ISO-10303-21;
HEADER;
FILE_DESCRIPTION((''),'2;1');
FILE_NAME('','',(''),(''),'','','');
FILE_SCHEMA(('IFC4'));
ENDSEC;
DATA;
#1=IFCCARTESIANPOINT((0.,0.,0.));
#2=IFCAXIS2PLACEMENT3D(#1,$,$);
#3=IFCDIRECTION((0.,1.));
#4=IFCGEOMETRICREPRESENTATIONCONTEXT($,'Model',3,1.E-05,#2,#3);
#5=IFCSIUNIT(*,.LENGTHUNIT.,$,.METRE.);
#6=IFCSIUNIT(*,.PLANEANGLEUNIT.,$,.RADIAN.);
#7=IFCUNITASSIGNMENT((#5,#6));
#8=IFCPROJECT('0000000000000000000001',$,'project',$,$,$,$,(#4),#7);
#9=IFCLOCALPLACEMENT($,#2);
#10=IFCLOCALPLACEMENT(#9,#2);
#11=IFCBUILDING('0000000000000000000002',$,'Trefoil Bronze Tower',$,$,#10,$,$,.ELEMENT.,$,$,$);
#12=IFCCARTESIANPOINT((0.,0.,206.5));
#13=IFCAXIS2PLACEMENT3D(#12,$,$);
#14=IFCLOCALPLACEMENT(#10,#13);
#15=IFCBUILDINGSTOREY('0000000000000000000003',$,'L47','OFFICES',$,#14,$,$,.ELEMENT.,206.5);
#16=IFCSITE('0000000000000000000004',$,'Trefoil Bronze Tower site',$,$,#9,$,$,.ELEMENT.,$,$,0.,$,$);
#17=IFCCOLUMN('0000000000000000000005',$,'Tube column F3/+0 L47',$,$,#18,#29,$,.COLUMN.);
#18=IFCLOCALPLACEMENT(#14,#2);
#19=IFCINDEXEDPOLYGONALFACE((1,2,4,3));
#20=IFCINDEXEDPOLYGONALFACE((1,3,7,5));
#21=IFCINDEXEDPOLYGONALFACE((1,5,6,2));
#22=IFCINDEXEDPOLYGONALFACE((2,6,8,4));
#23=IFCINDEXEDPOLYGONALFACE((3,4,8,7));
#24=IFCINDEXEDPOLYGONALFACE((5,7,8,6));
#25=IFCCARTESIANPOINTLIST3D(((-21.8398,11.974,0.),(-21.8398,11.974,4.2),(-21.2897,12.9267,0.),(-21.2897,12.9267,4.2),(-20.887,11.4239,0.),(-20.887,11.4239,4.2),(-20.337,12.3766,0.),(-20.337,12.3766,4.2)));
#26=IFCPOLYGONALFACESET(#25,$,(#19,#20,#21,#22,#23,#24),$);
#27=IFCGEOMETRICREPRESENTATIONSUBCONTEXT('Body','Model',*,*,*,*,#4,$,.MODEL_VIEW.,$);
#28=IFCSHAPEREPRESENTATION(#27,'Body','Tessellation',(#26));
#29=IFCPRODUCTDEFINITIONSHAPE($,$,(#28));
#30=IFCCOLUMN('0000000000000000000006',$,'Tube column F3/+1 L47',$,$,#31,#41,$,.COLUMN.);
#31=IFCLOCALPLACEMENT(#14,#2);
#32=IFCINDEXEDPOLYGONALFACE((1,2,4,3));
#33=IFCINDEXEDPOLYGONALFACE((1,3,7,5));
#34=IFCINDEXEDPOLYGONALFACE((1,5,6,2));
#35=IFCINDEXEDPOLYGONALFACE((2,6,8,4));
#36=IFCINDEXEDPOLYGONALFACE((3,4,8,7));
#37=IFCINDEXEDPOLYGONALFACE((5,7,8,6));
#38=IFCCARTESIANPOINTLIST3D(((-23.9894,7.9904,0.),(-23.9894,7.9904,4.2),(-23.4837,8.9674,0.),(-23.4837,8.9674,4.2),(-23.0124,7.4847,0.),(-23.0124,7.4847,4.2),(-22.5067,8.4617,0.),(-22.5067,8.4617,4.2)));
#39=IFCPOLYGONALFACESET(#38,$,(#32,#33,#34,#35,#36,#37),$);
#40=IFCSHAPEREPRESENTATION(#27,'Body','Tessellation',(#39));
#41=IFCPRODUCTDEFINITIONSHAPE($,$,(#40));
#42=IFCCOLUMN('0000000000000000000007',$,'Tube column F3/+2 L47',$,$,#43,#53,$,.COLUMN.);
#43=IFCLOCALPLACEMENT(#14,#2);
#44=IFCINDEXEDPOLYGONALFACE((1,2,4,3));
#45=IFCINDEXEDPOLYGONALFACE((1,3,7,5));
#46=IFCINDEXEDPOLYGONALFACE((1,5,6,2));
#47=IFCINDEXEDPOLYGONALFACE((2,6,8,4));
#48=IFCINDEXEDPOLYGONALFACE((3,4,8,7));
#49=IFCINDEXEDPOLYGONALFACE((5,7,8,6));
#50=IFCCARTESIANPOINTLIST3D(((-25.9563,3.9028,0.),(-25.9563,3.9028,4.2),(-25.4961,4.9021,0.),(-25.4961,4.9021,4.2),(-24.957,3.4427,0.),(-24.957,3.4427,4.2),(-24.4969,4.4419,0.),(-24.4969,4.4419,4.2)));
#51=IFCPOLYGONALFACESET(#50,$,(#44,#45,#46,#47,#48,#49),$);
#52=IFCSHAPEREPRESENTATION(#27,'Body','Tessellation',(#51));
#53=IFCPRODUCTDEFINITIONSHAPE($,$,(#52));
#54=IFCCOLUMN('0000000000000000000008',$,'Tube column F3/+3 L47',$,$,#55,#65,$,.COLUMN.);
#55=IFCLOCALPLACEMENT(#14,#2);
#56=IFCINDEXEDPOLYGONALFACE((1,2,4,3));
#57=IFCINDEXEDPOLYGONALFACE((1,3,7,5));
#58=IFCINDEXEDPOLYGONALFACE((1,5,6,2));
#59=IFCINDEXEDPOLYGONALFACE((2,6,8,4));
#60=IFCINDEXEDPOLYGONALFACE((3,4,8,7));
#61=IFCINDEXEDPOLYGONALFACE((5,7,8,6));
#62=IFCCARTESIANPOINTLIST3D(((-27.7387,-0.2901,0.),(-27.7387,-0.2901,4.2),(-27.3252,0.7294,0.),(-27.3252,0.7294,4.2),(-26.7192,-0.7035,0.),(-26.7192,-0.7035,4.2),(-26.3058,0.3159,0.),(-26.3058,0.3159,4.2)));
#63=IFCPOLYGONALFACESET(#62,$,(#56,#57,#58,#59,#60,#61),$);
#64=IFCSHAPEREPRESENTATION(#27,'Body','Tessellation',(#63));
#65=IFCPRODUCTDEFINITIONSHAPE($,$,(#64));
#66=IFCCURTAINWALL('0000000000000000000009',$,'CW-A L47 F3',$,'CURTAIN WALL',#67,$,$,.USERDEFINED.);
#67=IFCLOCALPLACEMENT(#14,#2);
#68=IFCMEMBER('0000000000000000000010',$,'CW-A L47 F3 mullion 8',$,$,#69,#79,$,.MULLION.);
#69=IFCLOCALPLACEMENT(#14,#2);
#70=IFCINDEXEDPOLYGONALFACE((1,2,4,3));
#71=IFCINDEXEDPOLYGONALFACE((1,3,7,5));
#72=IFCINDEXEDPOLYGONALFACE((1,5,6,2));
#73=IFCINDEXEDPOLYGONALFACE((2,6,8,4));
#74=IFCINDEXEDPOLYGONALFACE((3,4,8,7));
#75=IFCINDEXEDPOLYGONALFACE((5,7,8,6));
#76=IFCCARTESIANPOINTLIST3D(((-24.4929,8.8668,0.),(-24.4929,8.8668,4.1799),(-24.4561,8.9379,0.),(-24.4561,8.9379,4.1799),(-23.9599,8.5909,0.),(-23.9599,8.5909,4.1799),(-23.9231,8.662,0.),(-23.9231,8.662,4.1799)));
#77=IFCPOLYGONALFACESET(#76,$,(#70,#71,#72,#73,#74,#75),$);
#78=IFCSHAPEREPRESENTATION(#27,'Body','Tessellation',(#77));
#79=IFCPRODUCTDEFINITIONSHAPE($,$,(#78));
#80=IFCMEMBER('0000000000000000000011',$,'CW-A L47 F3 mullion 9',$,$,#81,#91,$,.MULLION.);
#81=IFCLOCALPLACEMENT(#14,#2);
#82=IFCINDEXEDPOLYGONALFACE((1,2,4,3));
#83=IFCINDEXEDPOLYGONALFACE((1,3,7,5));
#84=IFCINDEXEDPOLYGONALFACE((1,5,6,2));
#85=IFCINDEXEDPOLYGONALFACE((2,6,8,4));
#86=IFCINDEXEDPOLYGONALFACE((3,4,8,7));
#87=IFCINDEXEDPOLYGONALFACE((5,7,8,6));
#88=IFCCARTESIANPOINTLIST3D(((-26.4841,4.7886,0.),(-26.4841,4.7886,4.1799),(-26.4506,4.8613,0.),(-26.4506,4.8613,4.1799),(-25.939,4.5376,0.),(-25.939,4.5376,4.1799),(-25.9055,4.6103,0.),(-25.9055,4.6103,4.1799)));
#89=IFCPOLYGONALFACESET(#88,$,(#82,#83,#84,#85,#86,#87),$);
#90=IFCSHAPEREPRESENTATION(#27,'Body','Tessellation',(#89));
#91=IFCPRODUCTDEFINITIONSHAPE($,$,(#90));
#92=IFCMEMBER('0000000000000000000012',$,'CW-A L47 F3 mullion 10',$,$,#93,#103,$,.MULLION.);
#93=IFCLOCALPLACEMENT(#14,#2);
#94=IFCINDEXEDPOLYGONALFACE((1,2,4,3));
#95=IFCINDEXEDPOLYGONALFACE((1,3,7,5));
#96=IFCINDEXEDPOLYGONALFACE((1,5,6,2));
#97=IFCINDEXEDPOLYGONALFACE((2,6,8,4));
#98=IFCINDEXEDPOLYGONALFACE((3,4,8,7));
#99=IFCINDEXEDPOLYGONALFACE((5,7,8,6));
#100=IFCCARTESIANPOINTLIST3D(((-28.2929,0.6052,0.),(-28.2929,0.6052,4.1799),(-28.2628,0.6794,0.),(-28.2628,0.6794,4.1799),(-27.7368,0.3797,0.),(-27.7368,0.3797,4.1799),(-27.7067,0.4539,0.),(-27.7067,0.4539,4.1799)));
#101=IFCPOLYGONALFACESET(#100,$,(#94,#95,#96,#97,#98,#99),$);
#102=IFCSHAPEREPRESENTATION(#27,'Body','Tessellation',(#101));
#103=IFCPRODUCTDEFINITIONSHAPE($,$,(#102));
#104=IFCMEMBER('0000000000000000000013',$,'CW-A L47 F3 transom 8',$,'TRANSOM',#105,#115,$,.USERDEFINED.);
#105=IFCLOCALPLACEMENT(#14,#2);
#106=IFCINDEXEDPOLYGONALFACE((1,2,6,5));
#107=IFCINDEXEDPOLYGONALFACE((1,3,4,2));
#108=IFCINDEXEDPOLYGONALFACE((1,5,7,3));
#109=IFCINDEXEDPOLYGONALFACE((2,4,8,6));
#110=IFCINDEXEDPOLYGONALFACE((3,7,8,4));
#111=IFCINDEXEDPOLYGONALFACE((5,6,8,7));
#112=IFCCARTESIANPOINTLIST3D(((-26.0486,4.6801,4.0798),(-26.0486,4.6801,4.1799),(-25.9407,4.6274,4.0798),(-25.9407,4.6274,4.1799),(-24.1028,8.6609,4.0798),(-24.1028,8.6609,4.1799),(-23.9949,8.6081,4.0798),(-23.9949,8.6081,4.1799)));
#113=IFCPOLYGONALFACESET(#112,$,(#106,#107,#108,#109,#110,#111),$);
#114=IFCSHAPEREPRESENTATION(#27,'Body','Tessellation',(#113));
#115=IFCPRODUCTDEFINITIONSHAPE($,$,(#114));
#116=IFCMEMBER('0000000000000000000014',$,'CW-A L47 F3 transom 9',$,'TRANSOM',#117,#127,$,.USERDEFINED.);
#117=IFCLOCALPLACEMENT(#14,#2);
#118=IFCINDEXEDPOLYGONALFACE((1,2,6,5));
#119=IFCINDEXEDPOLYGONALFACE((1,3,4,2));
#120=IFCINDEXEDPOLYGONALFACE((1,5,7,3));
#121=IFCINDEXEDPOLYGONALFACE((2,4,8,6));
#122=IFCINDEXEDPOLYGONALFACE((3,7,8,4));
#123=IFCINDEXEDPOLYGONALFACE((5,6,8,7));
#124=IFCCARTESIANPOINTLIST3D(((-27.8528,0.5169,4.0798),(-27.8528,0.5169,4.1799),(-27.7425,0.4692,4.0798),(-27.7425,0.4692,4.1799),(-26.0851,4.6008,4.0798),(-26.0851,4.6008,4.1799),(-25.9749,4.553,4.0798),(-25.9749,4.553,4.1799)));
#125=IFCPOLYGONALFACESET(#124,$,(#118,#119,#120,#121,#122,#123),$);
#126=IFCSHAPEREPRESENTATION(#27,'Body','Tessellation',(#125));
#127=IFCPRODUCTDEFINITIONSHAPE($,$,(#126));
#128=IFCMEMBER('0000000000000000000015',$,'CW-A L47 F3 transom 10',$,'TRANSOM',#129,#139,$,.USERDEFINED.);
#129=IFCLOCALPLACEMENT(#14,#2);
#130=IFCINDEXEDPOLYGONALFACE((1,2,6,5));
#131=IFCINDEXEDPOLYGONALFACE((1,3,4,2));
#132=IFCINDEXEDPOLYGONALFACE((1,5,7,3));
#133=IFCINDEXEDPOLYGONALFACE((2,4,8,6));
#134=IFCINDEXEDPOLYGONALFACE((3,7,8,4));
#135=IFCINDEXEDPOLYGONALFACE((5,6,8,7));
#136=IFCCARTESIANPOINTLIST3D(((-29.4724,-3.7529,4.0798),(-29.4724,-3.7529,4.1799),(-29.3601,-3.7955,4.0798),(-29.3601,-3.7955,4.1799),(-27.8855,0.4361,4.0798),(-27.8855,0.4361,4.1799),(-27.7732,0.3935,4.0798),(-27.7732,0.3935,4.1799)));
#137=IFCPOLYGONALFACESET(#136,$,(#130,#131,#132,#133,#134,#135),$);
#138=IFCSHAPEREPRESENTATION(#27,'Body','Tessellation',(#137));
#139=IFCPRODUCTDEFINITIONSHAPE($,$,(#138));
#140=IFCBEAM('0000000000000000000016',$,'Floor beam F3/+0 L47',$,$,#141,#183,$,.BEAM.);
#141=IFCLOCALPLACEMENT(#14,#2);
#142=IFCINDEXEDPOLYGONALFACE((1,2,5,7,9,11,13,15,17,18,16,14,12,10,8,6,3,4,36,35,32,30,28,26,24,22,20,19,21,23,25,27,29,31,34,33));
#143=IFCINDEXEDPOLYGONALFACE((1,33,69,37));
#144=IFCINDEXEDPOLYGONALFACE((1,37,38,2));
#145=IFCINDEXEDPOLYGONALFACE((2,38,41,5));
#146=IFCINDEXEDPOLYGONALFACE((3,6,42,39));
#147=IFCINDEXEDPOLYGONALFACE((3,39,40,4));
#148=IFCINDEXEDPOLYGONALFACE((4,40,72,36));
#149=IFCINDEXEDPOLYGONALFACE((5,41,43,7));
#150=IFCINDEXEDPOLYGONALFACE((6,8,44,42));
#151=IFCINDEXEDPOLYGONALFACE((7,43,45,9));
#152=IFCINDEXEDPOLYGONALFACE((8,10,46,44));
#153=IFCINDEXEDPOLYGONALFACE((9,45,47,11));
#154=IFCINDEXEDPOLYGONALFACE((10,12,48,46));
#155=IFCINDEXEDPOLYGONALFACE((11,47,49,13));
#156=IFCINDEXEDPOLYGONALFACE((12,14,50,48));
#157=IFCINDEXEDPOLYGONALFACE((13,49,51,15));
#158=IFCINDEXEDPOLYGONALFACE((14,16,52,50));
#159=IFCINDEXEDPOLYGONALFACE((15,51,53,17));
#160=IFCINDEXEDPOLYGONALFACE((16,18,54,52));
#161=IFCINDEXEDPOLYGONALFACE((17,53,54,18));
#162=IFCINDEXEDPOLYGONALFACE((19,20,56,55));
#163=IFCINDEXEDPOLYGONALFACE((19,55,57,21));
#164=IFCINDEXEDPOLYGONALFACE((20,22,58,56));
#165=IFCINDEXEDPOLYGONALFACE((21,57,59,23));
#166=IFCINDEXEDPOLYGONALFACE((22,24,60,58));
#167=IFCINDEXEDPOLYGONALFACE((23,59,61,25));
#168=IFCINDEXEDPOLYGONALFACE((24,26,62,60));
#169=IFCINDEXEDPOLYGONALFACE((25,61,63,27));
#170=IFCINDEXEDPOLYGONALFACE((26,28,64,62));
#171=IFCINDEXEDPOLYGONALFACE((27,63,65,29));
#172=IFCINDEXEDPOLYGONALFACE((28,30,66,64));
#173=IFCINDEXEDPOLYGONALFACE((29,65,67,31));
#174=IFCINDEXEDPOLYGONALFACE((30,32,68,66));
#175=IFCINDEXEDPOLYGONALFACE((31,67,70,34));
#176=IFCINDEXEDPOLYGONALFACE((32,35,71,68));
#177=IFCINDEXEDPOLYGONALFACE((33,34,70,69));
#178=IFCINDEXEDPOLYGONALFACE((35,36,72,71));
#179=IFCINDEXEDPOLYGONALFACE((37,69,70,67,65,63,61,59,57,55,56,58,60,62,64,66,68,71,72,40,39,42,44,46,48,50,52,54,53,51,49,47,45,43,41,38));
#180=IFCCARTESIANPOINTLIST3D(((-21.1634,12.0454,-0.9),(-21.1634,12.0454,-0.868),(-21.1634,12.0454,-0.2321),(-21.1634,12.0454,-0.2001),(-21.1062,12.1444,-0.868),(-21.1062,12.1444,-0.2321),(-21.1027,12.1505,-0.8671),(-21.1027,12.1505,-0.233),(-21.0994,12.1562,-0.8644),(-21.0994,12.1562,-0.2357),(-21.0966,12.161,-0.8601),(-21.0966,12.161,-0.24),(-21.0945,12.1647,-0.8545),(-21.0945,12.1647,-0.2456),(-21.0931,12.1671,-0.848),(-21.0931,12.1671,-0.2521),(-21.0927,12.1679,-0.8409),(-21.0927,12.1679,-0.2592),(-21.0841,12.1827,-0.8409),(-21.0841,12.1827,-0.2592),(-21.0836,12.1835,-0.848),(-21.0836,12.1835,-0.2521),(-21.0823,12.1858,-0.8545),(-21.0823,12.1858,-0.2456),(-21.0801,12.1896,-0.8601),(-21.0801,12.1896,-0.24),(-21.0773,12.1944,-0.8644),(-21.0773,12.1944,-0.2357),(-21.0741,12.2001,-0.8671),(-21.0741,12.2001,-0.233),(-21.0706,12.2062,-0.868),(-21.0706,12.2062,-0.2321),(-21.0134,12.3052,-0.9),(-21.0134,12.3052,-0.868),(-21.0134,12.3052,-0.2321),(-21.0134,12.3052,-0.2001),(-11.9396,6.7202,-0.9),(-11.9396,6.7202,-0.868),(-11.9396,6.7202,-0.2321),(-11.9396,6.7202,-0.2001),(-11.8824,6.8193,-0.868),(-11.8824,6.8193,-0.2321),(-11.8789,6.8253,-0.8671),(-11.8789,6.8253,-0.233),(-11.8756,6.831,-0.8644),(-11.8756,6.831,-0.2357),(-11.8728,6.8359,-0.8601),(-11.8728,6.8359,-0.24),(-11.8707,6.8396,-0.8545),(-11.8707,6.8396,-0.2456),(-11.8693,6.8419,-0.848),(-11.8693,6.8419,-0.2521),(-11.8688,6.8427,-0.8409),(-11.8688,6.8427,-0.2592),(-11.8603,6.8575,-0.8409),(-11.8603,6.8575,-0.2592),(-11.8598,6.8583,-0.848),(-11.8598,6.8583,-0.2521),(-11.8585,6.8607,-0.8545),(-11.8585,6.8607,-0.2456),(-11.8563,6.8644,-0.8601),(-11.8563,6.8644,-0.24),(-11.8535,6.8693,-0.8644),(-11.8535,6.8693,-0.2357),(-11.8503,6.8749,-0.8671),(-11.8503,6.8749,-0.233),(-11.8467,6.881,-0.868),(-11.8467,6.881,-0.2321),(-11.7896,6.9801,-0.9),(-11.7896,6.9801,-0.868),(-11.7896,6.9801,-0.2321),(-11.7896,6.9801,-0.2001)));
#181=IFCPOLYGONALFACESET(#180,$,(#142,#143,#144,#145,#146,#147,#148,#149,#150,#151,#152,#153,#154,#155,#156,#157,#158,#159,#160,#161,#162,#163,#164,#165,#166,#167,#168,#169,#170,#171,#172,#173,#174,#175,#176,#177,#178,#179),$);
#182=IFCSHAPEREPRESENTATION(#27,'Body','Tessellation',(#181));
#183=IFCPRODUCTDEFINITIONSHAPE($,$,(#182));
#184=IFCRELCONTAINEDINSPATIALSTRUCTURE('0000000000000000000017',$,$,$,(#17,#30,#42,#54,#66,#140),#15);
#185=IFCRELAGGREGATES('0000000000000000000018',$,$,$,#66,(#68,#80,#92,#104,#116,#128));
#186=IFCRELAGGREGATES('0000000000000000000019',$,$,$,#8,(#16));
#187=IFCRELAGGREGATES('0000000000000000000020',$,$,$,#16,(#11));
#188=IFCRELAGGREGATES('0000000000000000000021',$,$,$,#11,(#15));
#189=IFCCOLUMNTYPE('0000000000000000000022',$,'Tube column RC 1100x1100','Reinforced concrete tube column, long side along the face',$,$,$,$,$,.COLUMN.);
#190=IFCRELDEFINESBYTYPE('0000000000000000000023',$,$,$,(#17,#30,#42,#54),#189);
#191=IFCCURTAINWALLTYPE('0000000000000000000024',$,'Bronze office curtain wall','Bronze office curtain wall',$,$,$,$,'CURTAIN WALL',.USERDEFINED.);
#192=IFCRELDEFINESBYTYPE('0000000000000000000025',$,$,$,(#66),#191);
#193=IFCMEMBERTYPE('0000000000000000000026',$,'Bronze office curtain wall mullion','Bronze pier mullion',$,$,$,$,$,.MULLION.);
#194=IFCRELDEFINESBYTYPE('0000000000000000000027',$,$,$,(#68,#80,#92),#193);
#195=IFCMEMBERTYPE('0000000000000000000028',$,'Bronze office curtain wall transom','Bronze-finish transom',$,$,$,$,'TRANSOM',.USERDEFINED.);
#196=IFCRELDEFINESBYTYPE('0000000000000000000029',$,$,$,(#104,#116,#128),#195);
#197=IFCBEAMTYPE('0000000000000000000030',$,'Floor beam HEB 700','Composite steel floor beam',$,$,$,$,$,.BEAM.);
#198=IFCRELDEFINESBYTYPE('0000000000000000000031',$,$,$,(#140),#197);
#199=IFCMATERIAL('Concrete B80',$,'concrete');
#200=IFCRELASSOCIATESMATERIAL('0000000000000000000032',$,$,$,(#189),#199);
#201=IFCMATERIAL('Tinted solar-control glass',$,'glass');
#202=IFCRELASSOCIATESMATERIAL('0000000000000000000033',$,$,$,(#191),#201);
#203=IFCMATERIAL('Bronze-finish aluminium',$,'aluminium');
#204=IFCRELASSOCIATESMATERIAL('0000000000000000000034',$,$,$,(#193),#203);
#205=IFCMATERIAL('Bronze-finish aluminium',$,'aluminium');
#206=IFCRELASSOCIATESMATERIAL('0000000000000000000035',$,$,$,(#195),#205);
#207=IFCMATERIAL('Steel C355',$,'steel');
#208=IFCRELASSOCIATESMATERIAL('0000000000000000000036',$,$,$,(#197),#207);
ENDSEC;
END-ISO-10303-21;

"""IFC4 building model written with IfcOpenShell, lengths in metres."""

from ifc_helpers import new_model, si_unit, direction, frame, origin, origin_2d, place, context, subcontext, project, spatial, rectangle, i_section, extrude, material, material_profile, profile_set, type_object, element, aggregate, save


model = new_model("IFC4")

# Units and contexts
model_context = context("Model", 3, precision=1e-05, world=origin(), true_north=direction((0.0, 1.0)))
body_context = subcontext(model_context, "Body", "Model", "MODEL_VIEW")
ifc_project = project(units=[si_unit("LENGTHUNIT", "METRE"), si_unit("PLANEANGLEUNIT", "RADIAN")], contexts=[model_context])

# Site, building, storey
site_placement = place(None, origin())
site = spatial("IfcSite", under=ifc_project, at=site_placement, Name="Trefoil Bronze Tower site", CompositionType="ELEMENT", RefElevation=0.0)
building_placement = place(site_placement, origin())
building = spatial("IfcBuilding", under=site, at=building_placement, Name="Trefoil Bronze Tower", CompositionType="ELEMENT")
storey_placement = place(building_placement, frame((0.0, 0.0, 206.5)))
storey = spatial("IfcBuildingStorey", under=building, at=storey_placement, Name="L47", Description="OFFICES", CompositionType="ELEMENT", Elevation=206.5)

# Columns
ifc_material_1 = material(Name="Concrete B80", Category="concrete")
ifc_material_profile_1 = material_profile(ifc_material_1, rectangle(XDim=1.1001, YDim=1.1001, at=origin_2d()), Name="RC 1100x1100")
ifc_profile_set_1 = profile_set([ifc_material_profile_1], Name="Concrete B80")
column_type = type_object("IfcColumnType", Name="Tube column RC 1100x1100", Description="Reinforced concrete tube column, long side along the face", PredefinedType="COLUMN", material=ifc_profile_set_1)
for number, where, z_axis, x_axis, name in (
    (1, (-21.0884, 12.1753, 0.0), (0.0, 0.0, 1.0), (-0.5, -0.866025, 0.0), "Tube column F3/+0 L47"),
    (2, (-23.248, 8.2261, 0.0), (0.0, 0.0, 1.0), (-0.459673, -0.888088, 0.0), "Tube column F3/+1 L47"),
    (3, (-25.2266, 4.1724, 0.0), (0.0, 0.0, 1.0), (-0.418286, -0.908315, 0.0), "Tube column F3/+2 L47"),
    (4, (-27.0222, 0.0129, 0.0), (0.0, 0.0, 1.0), (-0.375828, -0.926689, 0.0), "Tube column F3/+3 L47"),
):
    element("IfcColumn", number, at=place(storey_placement, frame(where, z_axis=z_axis, x_axis=x_axis)), inside=storey, type_object=column_type, Name=name, PredefinedType="COLUMN", context=body_context, shape_type="SweptSolid", body=[
        extrude(rectangle(XDim=1.1001, YDim=1.1001, at=origin_2d()), origin(), (0.0, 0.0, 1.0), 4.2),
    ])

# Curtain wall, members
ifc_material_2 = material(Name="Tinted solar-control glass", Category="glass")
curtain_wall_type = type_object("IfcCurtainWallType", Name="Bronze office curtain wall", Description="Bronze office curtain wall", ElementType="CURTAIN WALL", PredefinedType="USERDEFINED", material=ifc_material_2)
curtain_wall_placement = place(storey_placement, origin())
curtain_wall = element("IfcCurtainWall", 5, at=curtain_wall_placement, inside=storey, type_object=curtain_wall_type, Name="CW-A L47 F3", ObjectType="CURTAIN WALL", PredefinedType="USERDEFINED")
ifc_material_3 = material(Name="Bronze-finish aluminium", Category="aluminium")
ifc_material_profile_2 = material_profile(ifc_material_3, rectangle(XDim=0.6001, YDim=0.0801, at=origin_2d()), Name="CW-A mullion")
ifc_profile_set_2 = profile_set([ifc_material_profile_2], Name="Bronze-finish aluminium")
member_type_1 = type_object("IfcMemberType", Name="Bronze office curtain wall mullion", Description="Bronze pier mullion", PredefinedType="MULLION", material=ifc_profile_set_2)
member_1_placement = place(storey_placement, frame((-24.208, 8.7644, 0.0), z_axis=(0.0, 0.0, 1.0), x_axis=(0.888088, -0.459673, 0.0)))
member_1 = element("IfcMember", 6, at=member_1_placement, type_object=member_type_1, Name="CW-A L47 F3 mullion 8", PredefinedType="MULLION", context=body_context, shape_type="SweptSolid", body=[
    extrude(rectangle(XDim=0.6001, YDim=0.0801, at=origin_2d()), origin(), (0.0, 0.0, 1.0), 4.1799),
])
member_2_placement = place(storey_placement, frame((-26.1948, 4.6995, 0.0), z_axis=(0.0, 0.0, 1.0), x_axis=(0.908315, -0.418286, 0.0)))
member_2 = element("IfcMember", 7, at=member_2_placement, type_object=member_type_1, Name="CW-A L47 F3 mullion 9", PredefinedType="MULLION", context=body_context, shape_type="SweptSolid", body=[
    extrude(rectangle(XDim=0.6001, YDim=0.0801, at=origin_2d()), origin(), (0.0, 0.0, 1.0), 4.1799),
])
member_3_placement = place(storey_placement, frame((-27.9998, 0.5295, 0.0), z_axis=(0.0, 0.0, 1.0), x_axis=(0.926689, -0.375828, 0.0)))
member_3 = element("IfcMember", 8, at=member_3_placement, type_object=member_type_1, Name="CW-A L47 F3 mullion 10", PredefinedType="MULLION", context=body_context, shape_type="SweptSolid", body=[
    extrude(rectangle(XDim=0.6001, YDim=0.0801, at=origin_2d()), origin(), (0.0, 0.0, 1.0), 4.1799),
])
ifc_material_4 = material(Name="Bronze-finish aluminium", Category="aluminium")
ifc_material_profile_3 = material_profile(ifc_material_4, rectangle(XDim=0.1201, YDim=0.1001, at=origin_2d()), Name="CW-A transom")
ifc_profile_set_3 = profile_set([ifc_material_profile_3], Name="Bronze-finish aluminium")
member_type_2 = type_object("IfcMemberType", Name="Bronze office curtain wall transom", Description="Bronze-finish transom", ElementType="TRANSOM", PredefinedType="USERDEFINED", material=ifc_profile_set_3)
member_4_placement = place(storey_placement, frame((-24.0488, 8.6345, 4.1299), z_axis=(-0.439151, -0.898413, 0.0), x_axis=(0.898413, -0.439151, 0.0)))
member_4 = element("IfcMember", 9, at=member_4_placement, type_object=member_type_2, Name="CW-A L47 F3 transom 8", ObjectType="TRANSOM", PredefinedType="USERDEFINED", context=body_context, shape_type="SweptSolid", body=[
    extrude(rectangle(XDim=0.1201, YDim=0.1001, at=origin_2d()), origin(), (0.0, 0.0, 1.0), 4.4309),
])
member_5_placement = place(storey_placement, frame((-26.03, 4.5769, 4.1299), z_axis=(-0.397221, -0.917723, 0.0), x_axis=(0.917723, -0.397221, 0.0)))
member_5 = element("IfcMember", 10, at=member_5_placement, type_object=member_type_2, Name="CW-A L47 F3 transom 9", ObjectType="TRANSOM", PredefinedType="USERDEFINED", context=body_context, shape_type="SweptSolid", body=[
    extrude(rectangle(XDim=0.1201, YDim=0.1001, at=origin_2d()), origin(), (0.0, 0.0, 1.0), 4.45),
])
member_6_placement = place(storey_placement, frame((-27.8293, 0.4148, 4.1299), z_axis=(-0.354263, -0.935146, 0.0), x_axis=(0.935146, -0.354263, 0.0)))
member_6 = element("IfcMember", 11, at=member_6_placement, type_object=member_type_2, Name="CW-A L47 F3 transom 10", ObjectType="TRANSOM", PredefinedType="USERDEFINED", context=body_context, shape_type="SweptSolid", body=[
    extrude(rectangle(XDim=0.1201, YDim=0.1001, at=origin_2d()), origin(), (0.0, 0.0, 1.0), 4.4795),
])

# Beam
ifc_material_5 = material(Name="Steel C355", Category="steel")
ifc_material_profile_4 = material_profile(ifc_material_5, i_section(OverallWidth=0.3, OverallDepth=0.7, WebThickness=0.0171, FlangeThickness=0.032, FilletRadius=0.0271, at=origin_2d()), Name="HEB 700")
ifc_profile_set_4 = profile_set([ifc_material_profile_4], Name="Steel C355")
beam_type_1 = type_object("IfcBeamType", Name="Floor beam HEB 700", Description="Composite steel floor beam", PredefinedType="BEAM", material=ifc_profile_set_4)
beam_1_placement = place(storey_placement, frame((-21.0884, 12.1753, -0.55), z_axis=(0.866034, -0.499985, 0.0), x_axis=(0.499985, 0.866034, 0.0)))
element("IfcBeam", 12, at=beam_1_placement, inside=storey, type_object=beam_type_1, Name="Floor beam F3/+0 L47", PredefinedType="BEAM", context=body_context, shape_type="SweptSolid", body=[
    extrude(i_section(OverallWidth=0.3, OverallDepth=0.7, WebThickness=0.0171, FlangeThickness=0.032, FilletRadius=0.0271, at=origin_2d()), origin(), (0.0, 0.0, 1.0), 10.6506),
])

aggregate(curtain_wall, [member_1, member_2, member_3, member_4, member_5, member_6])

save(model, "model.ifc")
